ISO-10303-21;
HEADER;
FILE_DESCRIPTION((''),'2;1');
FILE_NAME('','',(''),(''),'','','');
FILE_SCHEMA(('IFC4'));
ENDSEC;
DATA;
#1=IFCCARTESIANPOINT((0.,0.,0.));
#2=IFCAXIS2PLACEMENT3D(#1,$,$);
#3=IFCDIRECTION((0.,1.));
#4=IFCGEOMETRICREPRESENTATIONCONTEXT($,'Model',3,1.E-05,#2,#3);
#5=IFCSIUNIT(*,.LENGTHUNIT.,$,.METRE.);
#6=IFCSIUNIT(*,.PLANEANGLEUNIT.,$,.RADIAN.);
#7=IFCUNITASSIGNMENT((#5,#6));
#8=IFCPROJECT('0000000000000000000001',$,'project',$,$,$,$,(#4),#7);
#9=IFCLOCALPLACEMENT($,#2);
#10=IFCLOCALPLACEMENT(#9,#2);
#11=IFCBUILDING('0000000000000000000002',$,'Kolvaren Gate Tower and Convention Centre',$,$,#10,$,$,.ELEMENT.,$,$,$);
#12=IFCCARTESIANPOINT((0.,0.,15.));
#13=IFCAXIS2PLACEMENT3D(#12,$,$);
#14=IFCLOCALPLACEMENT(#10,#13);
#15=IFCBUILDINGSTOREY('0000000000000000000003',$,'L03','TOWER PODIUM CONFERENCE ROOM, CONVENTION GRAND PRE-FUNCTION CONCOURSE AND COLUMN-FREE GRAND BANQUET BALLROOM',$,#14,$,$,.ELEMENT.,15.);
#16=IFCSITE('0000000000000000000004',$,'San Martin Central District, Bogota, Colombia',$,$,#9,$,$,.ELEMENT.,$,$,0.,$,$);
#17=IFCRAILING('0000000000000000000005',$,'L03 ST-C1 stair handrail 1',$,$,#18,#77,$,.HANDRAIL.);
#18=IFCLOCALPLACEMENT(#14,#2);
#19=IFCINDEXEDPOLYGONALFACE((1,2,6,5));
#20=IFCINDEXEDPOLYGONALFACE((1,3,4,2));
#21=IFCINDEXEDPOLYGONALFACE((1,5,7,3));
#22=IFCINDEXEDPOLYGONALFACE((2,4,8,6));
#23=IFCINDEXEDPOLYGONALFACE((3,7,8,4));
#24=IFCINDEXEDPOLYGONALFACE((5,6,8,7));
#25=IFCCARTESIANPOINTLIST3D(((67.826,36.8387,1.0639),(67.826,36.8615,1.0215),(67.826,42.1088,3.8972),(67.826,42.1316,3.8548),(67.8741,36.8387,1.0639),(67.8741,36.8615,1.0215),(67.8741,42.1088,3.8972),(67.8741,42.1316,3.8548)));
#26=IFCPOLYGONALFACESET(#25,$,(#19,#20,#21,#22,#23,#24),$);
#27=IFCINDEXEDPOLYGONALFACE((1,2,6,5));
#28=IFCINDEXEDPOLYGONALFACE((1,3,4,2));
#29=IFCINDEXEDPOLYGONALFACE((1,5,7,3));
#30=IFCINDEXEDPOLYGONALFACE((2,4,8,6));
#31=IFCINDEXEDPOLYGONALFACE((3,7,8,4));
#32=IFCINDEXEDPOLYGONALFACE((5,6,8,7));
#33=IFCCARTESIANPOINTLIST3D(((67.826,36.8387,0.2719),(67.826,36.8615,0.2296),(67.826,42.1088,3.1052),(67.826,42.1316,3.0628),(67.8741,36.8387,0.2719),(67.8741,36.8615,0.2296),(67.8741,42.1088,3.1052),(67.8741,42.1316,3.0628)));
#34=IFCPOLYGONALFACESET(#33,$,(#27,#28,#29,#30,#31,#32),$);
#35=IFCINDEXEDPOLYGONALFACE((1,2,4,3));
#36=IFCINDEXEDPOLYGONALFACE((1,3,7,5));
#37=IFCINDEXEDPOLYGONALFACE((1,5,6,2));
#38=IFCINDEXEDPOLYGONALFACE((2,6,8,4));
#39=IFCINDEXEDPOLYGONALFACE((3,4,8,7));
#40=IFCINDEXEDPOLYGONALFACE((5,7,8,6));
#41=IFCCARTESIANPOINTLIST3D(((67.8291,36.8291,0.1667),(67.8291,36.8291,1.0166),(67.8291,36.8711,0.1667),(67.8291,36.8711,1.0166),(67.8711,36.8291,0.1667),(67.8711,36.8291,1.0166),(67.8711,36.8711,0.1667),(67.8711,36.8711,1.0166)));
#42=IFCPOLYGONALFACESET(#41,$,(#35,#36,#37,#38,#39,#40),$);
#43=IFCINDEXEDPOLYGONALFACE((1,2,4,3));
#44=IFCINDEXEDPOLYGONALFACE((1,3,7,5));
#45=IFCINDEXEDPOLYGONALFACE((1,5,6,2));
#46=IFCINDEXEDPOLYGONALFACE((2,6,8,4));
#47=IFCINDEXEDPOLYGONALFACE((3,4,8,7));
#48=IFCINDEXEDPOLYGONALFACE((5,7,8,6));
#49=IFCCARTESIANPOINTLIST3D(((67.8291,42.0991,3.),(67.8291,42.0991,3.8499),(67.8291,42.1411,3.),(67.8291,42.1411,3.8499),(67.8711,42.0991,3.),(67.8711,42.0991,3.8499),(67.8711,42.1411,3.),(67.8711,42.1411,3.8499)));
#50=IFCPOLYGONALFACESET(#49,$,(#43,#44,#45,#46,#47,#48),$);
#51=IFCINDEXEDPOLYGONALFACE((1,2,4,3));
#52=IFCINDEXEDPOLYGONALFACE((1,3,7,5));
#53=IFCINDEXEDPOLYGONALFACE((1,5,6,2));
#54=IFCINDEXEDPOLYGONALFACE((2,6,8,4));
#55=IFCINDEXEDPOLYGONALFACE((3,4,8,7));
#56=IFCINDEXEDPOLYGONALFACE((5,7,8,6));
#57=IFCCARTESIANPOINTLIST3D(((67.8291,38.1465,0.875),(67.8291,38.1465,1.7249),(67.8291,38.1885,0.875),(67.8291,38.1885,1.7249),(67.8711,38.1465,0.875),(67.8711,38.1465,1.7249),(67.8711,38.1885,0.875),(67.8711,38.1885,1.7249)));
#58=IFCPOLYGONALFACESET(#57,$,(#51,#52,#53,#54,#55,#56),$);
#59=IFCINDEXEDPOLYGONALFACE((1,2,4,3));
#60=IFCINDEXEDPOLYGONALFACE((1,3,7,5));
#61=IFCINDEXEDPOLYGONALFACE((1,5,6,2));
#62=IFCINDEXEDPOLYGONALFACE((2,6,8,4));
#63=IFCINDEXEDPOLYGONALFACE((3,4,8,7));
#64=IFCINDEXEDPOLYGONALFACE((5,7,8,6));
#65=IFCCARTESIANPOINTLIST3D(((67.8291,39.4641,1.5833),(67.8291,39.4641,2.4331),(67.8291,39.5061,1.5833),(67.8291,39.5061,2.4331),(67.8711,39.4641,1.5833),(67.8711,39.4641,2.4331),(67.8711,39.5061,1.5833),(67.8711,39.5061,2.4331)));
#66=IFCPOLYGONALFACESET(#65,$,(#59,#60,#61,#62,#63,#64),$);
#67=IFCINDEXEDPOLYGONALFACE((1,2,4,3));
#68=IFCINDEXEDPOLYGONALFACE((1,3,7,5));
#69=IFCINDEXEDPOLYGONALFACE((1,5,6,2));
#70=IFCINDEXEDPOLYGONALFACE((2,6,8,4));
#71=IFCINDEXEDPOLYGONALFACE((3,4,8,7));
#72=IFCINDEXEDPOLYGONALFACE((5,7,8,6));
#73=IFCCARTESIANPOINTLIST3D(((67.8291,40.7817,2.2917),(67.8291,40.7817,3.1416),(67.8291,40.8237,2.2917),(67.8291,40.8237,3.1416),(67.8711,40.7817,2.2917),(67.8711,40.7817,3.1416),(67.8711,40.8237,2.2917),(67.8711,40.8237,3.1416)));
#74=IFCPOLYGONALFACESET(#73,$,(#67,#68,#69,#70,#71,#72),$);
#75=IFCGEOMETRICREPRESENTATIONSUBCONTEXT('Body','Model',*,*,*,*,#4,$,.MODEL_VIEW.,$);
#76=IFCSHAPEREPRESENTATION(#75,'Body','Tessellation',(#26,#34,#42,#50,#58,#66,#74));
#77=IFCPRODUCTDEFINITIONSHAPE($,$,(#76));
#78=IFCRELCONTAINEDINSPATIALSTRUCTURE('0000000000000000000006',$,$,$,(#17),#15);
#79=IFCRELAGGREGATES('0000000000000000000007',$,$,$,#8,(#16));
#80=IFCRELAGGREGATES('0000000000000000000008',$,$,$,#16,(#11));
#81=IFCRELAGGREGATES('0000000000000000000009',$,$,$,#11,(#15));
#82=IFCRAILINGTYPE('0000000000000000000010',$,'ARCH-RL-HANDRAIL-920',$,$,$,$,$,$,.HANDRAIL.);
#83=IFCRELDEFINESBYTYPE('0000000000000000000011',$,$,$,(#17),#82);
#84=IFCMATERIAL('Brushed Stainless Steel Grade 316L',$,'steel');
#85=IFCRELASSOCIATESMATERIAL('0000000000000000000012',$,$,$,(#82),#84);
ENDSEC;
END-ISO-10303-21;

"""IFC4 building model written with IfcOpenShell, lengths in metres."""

from ifc_helpers import new_model, si_unit, direction, frame, origin, origin_2d, place, context, subcontext, project, spatial, rectangle, extrude, material, type_object, element, save


model = new_model("IFC4")

# Units and contexts
model_context = context("Model", 3, precision=1e-05, world=origin(), true_north=direction((0.0, 1.0)))
body_context = subcontext(model_context, "Body", "Model", "MODEL_VIEW")
ifc_project = project(units=[si_unit("LENGTHUNIT", "METRE"), si_unit("PLANEANGLEUNIT", "RADIAN")], contexts=[model_context])

# Site, building, storey
site_placement = place(None, origin())
site = spatial("IfcSite", under=ifc_project, at=site_placement, Name="San Martin Central District, Bogota, Colombia", CompositionType="ELEMENT", RefElevation=0.0)
building_placement = place(site_placement, origin())
building = spatial("IfcBuilding", under=site, at=building_placement, Name="Kolvaren Gate Tower and Convention Centre", CompositionType="ELEMENT")
storey_placement = place(building_placement, frame((0.0, 0.0, 15.0)))
storey = spatial("IfcBuildingStorey", under=building, at=storey_placement, Name="L03", Description="TOWER PODIUM CONFERENCE ROOM, CONVENTION GRAND PRE-FUNCTION CONCOURSE AND COLUMN-FREE GRAND BANQUET BALLROOM", CompositionType="ELEMENT", Elevation=15.0)

# Shared definitions
ifc_material_1 = material(Name="Brushed Stainless Steel Grade 316L", Category="steel")

# Railing
railing_type_1 = type_object("IfcRailingType", Name="ARCH-RL-HANDRAIL-920", PredefinedType="HANDRAIL", material=ifc_material_1)
railing_1_placement = place(storey_placement, frame((67.8501, 36.8501, 0.1667)))
element("IfcRailing", 1, at=railing_1_placement, inside=storey, type_object=railing_type_1, Name="L03 ST-C1 stair handrail 1", PredefinedType="HANDRAIL", context=body_context, shape_type="SweptSolid", body=[
    extrude(rectangle(XDim=0.0481, YDim=0.0481, at=origin_2d()), frame((0.0, 0.0, 0.876), z_axis=(0.0, 0.880781, 0.473523), x_axis=(-1.0, 0.0, 0.0)), (0.0, 0.0, 1.0), 5.9834),
    extrude(rectangle(XDim=0.0481, YDim=0.0481, at=origin_2d()), frame((0.0, 0.0, 0.084), z_axis=(0.0, 0.880781, 0.473523), x_axis=(-1.0, 0.0, 0.0)), (0.0, 0.0, 1.0), 5.9834),
    extrude(rectangle(XDim=0.042, YDim=0.042, at=origin_2d()), origin(), (0.0, 0.0, 1.0), 0.8499),
    extrude(rectangle(XDim=0.042, YDim=0.042, at=origin_2d()), frame((0.0, 5.27, 2.8333)), (0.0, 0.0, 1.0), 0.8499),
    extrude(rectangle(XDim=0.042, YDim=0.042, at=origin_2d()), frame((0.0, 1.3174, 0.7083)), (0.0, 0.0, 1.0), 0.8499),
    extrude(rectangle(XDim=0.042, YDim=0.042, at=origin_2d()), frame((0.0, 2.635, 1.4165)), (0.0, 0.0, 1.0), 0.8499),
    extrude(rectangle(XDim=0.042, YDim=0.042, at=origin_2d()), frame((0.0, 3.9526, 2.125)), (0.0, 0.0, 1.0), 0.8499),
])

save(model, "model.ifc")
